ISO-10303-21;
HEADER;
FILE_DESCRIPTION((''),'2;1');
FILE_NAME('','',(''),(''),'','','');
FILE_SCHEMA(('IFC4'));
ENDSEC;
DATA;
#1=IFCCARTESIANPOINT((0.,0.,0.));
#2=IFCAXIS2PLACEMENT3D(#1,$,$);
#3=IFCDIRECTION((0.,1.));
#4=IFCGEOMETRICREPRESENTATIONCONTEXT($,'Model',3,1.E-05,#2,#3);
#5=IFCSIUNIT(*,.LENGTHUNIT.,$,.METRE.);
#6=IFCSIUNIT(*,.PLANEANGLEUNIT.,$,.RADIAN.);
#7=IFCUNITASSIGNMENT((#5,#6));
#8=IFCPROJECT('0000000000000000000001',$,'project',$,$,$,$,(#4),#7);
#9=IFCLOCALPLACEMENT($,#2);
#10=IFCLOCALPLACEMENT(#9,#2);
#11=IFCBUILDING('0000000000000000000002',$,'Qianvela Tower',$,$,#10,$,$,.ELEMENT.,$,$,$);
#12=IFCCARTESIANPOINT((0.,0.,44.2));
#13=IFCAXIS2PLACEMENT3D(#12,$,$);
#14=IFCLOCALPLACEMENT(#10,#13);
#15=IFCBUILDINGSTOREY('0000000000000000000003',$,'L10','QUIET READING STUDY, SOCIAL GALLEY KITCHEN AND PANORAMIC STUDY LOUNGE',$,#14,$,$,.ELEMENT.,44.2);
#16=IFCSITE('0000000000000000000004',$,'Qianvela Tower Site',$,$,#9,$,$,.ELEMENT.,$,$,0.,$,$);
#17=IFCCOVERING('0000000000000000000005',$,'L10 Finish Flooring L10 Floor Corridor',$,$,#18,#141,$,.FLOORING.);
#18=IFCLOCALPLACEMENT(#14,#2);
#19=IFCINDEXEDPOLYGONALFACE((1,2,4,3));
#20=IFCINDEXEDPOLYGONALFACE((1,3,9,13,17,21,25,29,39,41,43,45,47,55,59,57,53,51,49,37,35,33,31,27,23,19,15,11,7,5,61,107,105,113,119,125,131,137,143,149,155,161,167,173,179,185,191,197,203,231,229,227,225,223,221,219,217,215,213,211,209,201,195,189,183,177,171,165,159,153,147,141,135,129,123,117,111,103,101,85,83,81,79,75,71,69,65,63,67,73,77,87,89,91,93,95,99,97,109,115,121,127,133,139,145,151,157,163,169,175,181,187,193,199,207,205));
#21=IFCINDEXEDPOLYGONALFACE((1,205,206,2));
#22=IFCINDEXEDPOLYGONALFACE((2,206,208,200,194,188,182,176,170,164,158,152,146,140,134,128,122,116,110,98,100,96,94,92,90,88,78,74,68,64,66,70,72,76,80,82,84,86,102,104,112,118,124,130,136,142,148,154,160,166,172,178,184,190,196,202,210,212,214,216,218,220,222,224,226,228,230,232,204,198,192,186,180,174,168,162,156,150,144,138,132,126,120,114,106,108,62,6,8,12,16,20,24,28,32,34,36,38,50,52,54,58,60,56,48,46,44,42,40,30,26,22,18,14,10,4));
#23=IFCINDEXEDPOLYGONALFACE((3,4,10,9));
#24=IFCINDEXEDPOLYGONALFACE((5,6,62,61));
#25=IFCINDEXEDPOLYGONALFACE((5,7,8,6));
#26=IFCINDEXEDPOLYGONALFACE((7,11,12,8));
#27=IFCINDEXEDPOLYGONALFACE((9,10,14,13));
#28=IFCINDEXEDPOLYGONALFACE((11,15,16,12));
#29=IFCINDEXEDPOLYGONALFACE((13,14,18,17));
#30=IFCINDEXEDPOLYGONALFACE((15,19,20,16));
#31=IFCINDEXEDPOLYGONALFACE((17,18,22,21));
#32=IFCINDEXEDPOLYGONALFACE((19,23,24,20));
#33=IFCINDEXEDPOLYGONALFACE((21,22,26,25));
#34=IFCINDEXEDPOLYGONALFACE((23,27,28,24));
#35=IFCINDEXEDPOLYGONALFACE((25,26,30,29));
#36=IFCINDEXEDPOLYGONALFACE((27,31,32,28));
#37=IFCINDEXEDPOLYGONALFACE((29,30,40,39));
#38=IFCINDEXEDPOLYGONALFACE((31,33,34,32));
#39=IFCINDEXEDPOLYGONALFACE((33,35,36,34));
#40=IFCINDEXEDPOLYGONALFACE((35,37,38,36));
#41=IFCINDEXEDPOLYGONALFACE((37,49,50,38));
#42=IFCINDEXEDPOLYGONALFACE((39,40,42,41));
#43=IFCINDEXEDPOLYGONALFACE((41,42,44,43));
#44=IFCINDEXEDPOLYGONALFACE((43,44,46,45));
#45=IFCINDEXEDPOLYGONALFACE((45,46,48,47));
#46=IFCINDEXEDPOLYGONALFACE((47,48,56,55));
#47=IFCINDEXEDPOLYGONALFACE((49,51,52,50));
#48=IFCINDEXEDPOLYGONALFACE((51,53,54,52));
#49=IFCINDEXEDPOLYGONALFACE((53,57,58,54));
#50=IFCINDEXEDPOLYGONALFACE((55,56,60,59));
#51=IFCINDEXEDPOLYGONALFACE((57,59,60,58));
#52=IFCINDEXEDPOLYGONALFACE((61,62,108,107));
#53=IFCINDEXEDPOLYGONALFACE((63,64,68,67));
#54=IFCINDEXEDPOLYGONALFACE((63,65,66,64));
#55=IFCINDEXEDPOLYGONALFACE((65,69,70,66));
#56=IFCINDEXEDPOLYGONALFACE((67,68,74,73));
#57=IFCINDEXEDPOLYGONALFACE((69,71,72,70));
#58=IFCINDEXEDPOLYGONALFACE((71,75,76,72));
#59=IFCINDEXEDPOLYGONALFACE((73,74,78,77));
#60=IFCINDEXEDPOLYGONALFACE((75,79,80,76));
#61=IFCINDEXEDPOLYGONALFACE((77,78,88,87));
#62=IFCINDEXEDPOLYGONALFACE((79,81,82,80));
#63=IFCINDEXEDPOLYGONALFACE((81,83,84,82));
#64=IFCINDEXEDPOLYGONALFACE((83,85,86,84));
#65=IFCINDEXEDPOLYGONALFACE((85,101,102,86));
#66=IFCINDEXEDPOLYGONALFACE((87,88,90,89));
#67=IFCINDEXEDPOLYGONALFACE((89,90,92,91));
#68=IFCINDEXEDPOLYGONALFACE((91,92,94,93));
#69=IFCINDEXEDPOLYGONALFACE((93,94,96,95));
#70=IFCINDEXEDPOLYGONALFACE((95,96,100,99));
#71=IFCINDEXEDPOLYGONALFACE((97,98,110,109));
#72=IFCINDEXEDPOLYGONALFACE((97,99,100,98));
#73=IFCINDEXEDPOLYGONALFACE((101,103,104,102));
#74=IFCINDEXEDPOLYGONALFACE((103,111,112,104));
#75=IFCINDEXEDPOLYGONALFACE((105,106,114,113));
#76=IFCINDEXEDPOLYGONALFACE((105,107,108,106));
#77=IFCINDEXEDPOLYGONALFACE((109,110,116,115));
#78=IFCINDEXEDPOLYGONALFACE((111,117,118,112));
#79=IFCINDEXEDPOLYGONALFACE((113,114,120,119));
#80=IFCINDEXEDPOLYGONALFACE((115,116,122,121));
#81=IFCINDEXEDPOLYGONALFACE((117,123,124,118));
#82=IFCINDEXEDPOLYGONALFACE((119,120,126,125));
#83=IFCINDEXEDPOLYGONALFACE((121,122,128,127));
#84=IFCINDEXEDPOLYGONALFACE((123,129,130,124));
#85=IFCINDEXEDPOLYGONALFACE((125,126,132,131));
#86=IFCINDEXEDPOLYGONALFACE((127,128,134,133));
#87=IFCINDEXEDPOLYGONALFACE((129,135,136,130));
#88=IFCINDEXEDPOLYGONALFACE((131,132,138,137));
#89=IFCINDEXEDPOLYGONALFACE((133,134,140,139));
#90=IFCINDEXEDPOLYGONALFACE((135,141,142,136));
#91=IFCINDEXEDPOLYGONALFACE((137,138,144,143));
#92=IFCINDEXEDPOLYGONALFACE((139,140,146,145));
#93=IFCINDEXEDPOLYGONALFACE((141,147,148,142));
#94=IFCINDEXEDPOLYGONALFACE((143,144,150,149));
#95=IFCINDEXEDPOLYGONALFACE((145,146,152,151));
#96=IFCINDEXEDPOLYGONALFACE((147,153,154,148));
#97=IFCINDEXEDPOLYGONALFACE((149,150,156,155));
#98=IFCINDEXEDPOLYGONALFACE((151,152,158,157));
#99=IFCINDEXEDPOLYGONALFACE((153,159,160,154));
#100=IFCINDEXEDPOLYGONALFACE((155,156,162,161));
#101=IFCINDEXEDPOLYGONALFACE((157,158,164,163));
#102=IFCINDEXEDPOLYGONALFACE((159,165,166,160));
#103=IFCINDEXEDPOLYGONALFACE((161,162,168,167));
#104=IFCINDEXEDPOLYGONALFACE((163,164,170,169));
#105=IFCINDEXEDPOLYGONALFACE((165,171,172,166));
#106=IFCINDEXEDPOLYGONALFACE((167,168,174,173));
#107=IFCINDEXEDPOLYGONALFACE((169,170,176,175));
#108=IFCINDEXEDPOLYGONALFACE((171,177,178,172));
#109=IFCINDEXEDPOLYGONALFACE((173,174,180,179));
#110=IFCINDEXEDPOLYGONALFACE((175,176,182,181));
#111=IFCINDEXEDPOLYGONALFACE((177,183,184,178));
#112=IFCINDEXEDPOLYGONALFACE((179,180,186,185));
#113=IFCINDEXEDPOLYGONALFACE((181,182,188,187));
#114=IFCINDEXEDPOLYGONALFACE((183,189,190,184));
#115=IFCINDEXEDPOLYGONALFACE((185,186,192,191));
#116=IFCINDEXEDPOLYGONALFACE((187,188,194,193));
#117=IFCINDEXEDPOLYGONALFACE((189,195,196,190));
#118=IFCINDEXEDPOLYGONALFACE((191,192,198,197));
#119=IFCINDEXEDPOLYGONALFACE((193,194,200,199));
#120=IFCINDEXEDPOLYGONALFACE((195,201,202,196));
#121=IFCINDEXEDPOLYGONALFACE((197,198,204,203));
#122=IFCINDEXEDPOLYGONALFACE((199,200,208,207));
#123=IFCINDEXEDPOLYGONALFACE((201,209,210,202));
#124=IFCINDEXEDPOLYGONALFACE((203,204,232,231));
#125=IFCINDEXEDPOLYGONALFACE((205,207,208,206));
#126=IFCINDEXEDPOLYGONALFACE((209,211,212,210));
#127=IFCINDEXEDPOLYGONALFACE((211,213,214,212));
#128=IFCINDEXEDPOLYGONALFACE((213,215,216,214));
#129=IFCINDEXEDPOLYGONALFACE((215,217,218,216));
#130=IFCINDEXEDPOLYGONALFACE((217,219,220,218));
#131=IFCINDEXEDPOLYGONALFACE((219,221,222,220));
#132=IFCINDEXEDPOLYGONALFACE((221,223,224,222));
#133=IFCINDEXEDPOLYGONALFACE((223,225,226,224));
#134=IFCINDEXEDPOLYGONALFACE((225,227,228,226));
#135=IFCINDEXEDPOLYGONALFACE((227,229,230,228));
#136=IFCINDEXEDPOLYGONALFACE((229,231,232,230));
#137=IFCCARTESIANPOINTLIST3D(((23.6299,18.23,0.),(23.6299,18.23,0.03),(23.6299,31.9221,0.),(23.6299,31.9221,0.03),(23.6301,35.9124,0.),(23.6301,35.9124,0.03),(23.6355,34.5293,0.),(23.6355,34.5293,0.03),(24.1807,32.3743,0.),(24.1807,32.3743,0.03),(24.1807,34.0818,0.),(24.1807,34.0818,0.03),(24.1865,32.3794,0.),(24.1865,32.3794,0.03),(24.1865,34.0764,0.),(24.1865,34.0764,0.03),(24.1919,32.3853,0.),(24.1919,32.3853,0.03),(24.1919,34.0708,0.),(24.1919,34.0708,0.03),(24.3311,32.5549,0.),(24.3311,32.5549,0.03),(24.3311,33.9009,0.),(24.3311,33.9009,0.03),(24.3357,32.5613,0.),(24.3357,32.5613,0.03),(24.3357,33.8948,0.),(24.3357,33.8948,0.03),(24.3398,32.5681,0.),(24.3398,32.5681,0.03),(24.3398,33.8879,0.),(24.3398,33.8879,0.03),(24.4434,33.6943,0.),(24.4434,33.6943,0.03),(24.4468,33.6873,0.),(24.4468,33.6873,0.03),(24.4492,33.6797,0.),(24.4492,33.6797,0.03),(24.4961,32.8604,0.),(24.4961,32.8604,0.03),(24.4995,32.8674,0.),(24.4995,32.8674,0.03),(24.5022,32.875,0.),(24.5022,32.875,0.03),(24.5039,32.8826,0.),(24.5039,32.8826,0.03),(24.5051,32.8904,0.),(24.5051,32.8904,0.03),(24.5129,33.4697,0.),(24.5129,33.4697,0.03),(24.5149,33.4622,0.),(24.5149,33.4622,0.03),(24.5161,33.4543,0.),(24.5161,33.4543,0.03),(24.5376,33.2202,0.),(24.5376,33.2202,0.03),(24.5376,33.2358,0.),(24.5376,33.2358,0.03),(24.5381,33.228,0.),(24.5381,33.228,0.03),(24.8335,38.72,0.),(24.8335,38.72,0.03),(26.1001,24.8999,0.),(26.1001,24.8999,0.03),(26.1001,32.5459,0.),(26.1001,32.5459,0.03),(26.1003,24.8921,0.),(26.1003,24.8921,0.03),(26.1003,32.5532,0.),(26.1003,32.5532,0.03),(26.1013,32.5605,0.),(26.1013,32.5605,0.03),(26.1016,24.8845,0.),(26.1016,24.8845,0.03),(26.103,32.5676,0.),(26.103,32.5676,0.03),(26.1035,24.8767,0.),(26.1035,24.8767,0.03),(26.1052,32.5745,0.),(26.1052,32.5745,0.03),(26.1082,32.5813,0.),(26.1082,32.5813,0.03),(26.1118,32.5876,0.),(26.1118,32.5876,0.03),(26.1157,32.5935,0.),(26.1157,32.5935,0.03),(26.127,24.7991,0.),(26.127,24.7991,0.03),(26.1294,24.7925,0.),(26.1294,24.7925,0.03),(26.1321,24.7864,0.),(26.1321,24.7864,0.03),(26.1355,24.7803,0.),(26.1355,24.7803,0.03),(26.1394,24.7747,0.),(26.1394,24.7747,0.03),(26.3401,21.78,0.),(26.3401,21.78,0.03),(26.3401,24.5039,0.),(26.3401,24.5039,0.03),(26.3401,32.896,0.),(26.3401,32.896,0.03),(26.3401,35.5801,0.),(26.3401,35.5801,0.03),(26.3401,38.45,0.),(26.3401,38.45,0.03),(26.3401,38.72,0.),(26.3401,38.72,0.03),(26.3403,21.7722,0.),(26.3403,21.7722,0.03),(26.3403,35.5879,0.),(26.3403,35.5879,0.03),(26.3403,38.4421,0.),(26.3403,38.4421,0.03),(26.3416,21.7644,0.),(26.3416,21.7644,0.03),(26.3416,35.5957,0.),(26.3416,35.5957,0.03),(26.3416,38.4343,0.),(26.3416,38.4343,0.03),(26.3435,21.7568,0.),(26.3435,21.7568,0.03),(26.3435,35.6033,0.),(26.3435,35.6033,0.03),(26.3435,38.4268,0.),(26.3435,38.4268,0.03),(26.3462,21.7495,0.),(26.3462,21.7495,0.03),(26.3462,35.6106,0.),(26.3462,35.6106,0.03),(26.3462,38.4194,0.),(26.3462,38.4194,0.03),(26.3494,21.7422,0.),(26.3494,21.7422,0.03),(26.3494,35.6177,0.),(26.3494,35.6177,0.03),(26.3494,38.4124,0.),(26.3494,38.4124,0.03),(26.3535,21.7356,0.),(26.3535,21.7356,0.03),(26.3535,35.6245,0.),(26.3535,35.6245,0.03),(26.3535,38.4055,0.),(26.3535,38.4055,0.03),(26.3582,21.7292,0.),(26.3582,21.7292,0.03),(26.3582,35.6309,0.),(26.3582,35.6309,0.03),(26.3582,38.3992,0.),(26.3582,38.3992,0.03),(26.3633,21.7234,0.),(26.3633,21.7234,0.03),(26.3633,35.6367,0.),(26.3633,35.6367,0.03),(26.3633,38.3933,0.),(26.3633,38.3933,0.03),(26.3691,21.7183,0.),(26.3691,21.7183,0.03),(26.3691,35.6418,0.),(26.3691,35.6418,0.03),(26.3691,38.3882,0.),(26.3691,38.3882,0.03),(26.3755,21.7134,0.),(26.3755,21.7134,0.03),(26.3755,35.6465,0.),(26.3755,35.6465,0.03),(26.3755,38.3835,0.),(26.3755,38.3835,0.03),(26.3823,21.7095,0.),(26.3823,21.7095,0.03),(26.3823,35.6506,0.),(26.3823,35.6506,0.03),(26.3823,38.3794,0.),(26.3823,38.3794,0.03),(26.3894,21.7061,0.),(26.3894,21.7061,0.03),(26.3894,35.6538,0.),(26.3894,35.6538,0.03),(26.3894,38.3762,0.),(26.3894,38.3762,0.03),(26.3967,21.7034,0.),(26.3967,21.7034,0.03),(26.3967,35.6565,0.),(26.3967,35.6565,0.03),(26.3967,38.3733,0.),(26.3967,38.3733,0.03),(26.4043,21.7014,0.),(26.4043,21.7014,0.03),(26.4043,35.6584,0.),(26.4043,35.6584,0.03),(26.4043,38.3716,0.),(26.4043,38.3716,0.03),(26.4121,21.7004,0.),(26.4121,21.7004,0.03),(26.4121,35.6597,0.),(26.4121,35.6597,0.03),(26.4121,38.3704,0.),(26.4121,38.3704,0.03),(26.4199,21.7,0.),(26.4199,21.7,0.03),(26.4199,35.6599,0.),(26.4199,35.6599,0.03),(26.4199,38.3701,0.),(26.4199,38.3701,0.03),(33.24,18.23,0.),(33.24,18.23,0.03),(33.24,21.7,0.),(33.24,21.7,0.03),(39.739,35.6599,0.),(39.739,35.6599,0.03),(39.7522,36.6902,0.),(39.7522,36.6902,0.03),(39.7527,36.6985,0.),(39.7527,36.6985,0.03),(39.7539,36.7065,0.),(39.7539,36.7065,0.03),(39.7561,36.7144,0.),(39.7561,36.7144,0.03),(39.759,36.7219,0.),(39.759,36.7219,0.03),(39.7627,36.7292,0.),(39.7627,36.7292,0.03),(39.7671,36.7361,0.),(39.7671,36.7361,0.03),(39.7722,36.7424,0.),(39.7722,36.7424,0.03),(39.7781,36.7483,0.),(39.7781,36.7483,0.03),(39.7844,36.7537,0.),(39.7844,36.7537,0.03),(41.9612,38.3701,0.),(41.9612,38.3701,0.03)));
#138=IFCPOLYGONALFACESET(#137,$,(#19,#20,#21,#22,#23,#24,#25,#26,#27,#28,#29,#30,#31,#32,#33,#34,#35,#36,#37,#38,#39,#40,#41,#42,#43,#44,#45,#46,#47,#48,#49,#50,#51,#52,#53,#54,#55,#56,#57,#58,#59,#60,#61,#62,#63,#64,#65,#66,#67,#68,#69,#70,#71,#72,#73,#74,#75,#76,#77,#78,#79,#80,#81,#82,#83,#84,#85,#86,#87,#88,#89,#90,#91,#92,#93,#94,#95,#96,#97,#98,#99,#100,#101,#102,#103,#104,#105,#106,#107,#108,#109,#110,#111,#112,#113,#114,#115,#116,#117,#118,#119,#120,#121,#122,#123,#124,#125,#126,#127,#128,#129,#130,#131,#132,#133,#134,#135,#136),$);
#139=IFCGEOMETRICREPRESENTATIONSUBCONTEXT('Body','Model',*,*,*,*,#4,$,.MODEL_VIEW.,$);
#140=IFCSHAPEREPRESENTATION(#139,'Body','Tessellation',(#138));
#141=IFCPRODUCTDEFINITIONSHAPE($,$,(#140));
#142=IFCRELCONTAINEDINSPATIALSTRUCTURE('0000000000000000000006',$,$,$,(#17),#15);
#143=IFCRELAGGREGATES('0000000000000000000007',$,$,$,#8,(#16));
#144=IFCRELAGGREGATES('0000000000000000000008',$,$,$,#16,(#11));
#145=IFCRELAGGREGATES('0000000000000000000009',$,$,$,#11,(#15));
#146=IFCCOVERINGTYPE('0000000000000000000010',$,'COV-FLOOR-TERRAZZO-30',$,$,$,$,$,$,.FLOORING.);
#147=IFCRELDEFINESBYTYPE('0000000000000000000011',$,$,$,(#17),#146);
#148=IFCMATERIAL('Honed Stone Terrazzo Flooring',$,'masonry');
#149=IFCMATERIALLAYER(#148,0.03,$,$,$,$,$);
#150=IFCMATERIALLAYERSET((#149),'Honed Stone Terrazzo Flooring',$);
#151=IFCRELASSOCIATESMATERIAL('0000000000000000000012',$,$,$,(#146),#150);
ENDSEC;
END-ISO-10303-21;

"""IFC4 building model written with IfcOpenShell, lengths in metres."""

from ifc_helpers import new_model, si_unit, direction, frame, origin, place, context, subcontext, project, spatial, polyline, outline, extrude, material, layer, layer_set, type_object, element, save


model = new_model("IFC4")

# Units and contexts
model_context = context("Model", 3, precision=1e-05, world=origin(), true_north=direction((0.0, 1.0)))
body_context = subcontext(model_context, "Body", "Model", "MODEL_VIEW")
ifc_project = project(units=[si_unit("LENGTHUNIT", "METRE"), si_unit("PLANEANGLEUNIT", "RADIAN")], contexts=[model_context])

# Site, building, storey
site_placement = place(None, origin())
site = spatial("IfcSite", under=ifc_project, at=site_placement, Name="Qianvela Tower Site", CompositionType="ELEMENT", RefElevation=0.0)
building_placement = place(site_placement, origin())
building = spatial("IfcBuilding", under=site, at=building_placement, Name="Qianvela Tower", CompositionType="ELEMENT")
storey_placement = place(building_placement, frame((0.0, 0.0, 44.2)))
storey = spatial("IfcBuildingStorey", under=building, at=storey_placement, Name="L10", Description="QUIET READING STUDY, SOCIAL GALLEY KITCHEN AND PANORAMIC STUDY LOUNGE", CompositionType="ELEMENT", Elevation=44.2)

# Covering
ifc_material_1 = material(Name="Honed Stone Terrazzo Flooring", Category="masonry")
ifc_layer_1 = layer(ifc_material_1, 0.03)
ifc_layer_set_1 = layer_set([ifc_layer_1], Name="Honed Stone Terrazzo Flooring")
covering_type_1 = type_object("IfcCoveringType", Name="COV-FLOOR-TERRAZZO-30", PredefinedType="FLOORING", material=ifc_layer_set_1)
covering_1_placement = place(storey_placement, origin())
element("IfcCovering", 1, at=covering_1_placement, inside=storey, type_object=covering_type_1, Name="L10 Finish Flooring L10 Floor Corridor", PredefinedType="FLOORING", context=body_context, shape_type="SweptSolid", body=[
    extrude(outline(polyline([(24.5161, 33.4543), (24.5149, 33.4622), (24.5129, 33.4697), (24.4492, 33.6797), (24.4468, 33.6873), (24.4434, 33.6943), (24.3398, 33.8879), (24.3357, 33.8948), (24.3311, 33.9009), (24.1919, 34.0708), (24.1865, 34.0764), (24.1807, 34.0818), (23.6355, 34.5293), (23.6301, 35.9124), (24.8335, 38.72), (26.3401, 38.72), (26.3401, 38.45), (26.3403, 38.4421), (26.3416, 38.4343), (26.3435, 38.4268), (26.3462, 38.4194), (26.3494, 38.4124), (26.3535, 38.4055), (26.3582, 38.3992), (26.3633, 38.3933), (26.3691, 38.3882), (26.3755, 38.3835), (26.3823, 38.3794), (26.3894, 38.3762), (26.3967, 38.3733), (26.4043, 38.3716), (26.4121, 38.3704), (26.4199, 38.3701), (41.9612, 38.3701), (39.7844, 36.7537), (39.7781, 36.7483), (39.7722, 36.7424), (39.7671, 36.7361), (39.7627, 36.7292), (39.759, 36.7219), (39.7561, 36.7144), (39.7539, 36.7065), (39.7527, 36.6985), (39.7522, 36.6902), (39.739, 35.6599), (26.4199, 35.6599), (26.4121, 35.6597), (26.4043, 35.6584), (26.3967, 35.6565), (26.3894, 35.6538), (26.3823, 35.6506), (26.3755, 35.6465), (26.3691, 35.6418), (26.3633, 35.6367), (26.3582, 35.6309), (26.3535, 35.6245), (26.3494, 35.6177), (26.3462, 35.6106), (26.3435, 35.6033), (26.3416, 35.5957), (26.3403, 35.5879), (26.3401, 35.5801), (26.3401, 32.896), (26.1157, 32.5935), (26.1118, 32.5876), (26.1082, 32.5813), (26.1052, 32.5745), (26.103, 32.5676), (26.1013, 32.5605), (26.1003, 32.5532), (26.1001, 32.5459), (26.1001, 24.8999), (26.1003, 24.8921), (26.1016, 24.8845), (26.1035, 24.8767), (26.127, 24.7991), (26.1294, 24.7925), (26.1321, 24.7864), (26.1355, 24.7803), (26.1394, 24.7747), (26.3401, 24.5039), (26.3401, 21.78), (26.3403, 21.7722), (26.3416, 21.7644), (26.3435, 21.7568), (26.3462, 21.7495), (26.3494, 21.7422), (26.3535, 21.7356), (26.3582, 21.7292), (26.3633, 21.7234), (26.3691, 21.7183), (26.3755, 21.7134), (26.3823, 21.7095), (26.3894, 21.7061), (26.3967, 21.7034), (26.4043, 21.7014), (26.4121, 21.7004), (26.4199, 21.7), (33.24, 21.7), (33.24, 18.23), (23.6299, 18.23), (23.6299, 31.9221), (24.1807, 32.3743), (24.1865, 32.3794), (24.1919, 32.3853), (24.3311, 32.5549), (24.3357, 32.5613), (24.3398, 32.5681), (24.4961, 32.8604), (24.4995, 32.8674), (24.5022, 32.875), (24.5039, 32.8826), (24.5051, 32.8904), (24.5376, 33.2202), (24.5381, 33.228), (24.5376, 33.2358), (24.5161, 33.4543)])), origin(), (0.0, 0.0, 1.0), 0.03),
])

save(model, "model.ifc")
